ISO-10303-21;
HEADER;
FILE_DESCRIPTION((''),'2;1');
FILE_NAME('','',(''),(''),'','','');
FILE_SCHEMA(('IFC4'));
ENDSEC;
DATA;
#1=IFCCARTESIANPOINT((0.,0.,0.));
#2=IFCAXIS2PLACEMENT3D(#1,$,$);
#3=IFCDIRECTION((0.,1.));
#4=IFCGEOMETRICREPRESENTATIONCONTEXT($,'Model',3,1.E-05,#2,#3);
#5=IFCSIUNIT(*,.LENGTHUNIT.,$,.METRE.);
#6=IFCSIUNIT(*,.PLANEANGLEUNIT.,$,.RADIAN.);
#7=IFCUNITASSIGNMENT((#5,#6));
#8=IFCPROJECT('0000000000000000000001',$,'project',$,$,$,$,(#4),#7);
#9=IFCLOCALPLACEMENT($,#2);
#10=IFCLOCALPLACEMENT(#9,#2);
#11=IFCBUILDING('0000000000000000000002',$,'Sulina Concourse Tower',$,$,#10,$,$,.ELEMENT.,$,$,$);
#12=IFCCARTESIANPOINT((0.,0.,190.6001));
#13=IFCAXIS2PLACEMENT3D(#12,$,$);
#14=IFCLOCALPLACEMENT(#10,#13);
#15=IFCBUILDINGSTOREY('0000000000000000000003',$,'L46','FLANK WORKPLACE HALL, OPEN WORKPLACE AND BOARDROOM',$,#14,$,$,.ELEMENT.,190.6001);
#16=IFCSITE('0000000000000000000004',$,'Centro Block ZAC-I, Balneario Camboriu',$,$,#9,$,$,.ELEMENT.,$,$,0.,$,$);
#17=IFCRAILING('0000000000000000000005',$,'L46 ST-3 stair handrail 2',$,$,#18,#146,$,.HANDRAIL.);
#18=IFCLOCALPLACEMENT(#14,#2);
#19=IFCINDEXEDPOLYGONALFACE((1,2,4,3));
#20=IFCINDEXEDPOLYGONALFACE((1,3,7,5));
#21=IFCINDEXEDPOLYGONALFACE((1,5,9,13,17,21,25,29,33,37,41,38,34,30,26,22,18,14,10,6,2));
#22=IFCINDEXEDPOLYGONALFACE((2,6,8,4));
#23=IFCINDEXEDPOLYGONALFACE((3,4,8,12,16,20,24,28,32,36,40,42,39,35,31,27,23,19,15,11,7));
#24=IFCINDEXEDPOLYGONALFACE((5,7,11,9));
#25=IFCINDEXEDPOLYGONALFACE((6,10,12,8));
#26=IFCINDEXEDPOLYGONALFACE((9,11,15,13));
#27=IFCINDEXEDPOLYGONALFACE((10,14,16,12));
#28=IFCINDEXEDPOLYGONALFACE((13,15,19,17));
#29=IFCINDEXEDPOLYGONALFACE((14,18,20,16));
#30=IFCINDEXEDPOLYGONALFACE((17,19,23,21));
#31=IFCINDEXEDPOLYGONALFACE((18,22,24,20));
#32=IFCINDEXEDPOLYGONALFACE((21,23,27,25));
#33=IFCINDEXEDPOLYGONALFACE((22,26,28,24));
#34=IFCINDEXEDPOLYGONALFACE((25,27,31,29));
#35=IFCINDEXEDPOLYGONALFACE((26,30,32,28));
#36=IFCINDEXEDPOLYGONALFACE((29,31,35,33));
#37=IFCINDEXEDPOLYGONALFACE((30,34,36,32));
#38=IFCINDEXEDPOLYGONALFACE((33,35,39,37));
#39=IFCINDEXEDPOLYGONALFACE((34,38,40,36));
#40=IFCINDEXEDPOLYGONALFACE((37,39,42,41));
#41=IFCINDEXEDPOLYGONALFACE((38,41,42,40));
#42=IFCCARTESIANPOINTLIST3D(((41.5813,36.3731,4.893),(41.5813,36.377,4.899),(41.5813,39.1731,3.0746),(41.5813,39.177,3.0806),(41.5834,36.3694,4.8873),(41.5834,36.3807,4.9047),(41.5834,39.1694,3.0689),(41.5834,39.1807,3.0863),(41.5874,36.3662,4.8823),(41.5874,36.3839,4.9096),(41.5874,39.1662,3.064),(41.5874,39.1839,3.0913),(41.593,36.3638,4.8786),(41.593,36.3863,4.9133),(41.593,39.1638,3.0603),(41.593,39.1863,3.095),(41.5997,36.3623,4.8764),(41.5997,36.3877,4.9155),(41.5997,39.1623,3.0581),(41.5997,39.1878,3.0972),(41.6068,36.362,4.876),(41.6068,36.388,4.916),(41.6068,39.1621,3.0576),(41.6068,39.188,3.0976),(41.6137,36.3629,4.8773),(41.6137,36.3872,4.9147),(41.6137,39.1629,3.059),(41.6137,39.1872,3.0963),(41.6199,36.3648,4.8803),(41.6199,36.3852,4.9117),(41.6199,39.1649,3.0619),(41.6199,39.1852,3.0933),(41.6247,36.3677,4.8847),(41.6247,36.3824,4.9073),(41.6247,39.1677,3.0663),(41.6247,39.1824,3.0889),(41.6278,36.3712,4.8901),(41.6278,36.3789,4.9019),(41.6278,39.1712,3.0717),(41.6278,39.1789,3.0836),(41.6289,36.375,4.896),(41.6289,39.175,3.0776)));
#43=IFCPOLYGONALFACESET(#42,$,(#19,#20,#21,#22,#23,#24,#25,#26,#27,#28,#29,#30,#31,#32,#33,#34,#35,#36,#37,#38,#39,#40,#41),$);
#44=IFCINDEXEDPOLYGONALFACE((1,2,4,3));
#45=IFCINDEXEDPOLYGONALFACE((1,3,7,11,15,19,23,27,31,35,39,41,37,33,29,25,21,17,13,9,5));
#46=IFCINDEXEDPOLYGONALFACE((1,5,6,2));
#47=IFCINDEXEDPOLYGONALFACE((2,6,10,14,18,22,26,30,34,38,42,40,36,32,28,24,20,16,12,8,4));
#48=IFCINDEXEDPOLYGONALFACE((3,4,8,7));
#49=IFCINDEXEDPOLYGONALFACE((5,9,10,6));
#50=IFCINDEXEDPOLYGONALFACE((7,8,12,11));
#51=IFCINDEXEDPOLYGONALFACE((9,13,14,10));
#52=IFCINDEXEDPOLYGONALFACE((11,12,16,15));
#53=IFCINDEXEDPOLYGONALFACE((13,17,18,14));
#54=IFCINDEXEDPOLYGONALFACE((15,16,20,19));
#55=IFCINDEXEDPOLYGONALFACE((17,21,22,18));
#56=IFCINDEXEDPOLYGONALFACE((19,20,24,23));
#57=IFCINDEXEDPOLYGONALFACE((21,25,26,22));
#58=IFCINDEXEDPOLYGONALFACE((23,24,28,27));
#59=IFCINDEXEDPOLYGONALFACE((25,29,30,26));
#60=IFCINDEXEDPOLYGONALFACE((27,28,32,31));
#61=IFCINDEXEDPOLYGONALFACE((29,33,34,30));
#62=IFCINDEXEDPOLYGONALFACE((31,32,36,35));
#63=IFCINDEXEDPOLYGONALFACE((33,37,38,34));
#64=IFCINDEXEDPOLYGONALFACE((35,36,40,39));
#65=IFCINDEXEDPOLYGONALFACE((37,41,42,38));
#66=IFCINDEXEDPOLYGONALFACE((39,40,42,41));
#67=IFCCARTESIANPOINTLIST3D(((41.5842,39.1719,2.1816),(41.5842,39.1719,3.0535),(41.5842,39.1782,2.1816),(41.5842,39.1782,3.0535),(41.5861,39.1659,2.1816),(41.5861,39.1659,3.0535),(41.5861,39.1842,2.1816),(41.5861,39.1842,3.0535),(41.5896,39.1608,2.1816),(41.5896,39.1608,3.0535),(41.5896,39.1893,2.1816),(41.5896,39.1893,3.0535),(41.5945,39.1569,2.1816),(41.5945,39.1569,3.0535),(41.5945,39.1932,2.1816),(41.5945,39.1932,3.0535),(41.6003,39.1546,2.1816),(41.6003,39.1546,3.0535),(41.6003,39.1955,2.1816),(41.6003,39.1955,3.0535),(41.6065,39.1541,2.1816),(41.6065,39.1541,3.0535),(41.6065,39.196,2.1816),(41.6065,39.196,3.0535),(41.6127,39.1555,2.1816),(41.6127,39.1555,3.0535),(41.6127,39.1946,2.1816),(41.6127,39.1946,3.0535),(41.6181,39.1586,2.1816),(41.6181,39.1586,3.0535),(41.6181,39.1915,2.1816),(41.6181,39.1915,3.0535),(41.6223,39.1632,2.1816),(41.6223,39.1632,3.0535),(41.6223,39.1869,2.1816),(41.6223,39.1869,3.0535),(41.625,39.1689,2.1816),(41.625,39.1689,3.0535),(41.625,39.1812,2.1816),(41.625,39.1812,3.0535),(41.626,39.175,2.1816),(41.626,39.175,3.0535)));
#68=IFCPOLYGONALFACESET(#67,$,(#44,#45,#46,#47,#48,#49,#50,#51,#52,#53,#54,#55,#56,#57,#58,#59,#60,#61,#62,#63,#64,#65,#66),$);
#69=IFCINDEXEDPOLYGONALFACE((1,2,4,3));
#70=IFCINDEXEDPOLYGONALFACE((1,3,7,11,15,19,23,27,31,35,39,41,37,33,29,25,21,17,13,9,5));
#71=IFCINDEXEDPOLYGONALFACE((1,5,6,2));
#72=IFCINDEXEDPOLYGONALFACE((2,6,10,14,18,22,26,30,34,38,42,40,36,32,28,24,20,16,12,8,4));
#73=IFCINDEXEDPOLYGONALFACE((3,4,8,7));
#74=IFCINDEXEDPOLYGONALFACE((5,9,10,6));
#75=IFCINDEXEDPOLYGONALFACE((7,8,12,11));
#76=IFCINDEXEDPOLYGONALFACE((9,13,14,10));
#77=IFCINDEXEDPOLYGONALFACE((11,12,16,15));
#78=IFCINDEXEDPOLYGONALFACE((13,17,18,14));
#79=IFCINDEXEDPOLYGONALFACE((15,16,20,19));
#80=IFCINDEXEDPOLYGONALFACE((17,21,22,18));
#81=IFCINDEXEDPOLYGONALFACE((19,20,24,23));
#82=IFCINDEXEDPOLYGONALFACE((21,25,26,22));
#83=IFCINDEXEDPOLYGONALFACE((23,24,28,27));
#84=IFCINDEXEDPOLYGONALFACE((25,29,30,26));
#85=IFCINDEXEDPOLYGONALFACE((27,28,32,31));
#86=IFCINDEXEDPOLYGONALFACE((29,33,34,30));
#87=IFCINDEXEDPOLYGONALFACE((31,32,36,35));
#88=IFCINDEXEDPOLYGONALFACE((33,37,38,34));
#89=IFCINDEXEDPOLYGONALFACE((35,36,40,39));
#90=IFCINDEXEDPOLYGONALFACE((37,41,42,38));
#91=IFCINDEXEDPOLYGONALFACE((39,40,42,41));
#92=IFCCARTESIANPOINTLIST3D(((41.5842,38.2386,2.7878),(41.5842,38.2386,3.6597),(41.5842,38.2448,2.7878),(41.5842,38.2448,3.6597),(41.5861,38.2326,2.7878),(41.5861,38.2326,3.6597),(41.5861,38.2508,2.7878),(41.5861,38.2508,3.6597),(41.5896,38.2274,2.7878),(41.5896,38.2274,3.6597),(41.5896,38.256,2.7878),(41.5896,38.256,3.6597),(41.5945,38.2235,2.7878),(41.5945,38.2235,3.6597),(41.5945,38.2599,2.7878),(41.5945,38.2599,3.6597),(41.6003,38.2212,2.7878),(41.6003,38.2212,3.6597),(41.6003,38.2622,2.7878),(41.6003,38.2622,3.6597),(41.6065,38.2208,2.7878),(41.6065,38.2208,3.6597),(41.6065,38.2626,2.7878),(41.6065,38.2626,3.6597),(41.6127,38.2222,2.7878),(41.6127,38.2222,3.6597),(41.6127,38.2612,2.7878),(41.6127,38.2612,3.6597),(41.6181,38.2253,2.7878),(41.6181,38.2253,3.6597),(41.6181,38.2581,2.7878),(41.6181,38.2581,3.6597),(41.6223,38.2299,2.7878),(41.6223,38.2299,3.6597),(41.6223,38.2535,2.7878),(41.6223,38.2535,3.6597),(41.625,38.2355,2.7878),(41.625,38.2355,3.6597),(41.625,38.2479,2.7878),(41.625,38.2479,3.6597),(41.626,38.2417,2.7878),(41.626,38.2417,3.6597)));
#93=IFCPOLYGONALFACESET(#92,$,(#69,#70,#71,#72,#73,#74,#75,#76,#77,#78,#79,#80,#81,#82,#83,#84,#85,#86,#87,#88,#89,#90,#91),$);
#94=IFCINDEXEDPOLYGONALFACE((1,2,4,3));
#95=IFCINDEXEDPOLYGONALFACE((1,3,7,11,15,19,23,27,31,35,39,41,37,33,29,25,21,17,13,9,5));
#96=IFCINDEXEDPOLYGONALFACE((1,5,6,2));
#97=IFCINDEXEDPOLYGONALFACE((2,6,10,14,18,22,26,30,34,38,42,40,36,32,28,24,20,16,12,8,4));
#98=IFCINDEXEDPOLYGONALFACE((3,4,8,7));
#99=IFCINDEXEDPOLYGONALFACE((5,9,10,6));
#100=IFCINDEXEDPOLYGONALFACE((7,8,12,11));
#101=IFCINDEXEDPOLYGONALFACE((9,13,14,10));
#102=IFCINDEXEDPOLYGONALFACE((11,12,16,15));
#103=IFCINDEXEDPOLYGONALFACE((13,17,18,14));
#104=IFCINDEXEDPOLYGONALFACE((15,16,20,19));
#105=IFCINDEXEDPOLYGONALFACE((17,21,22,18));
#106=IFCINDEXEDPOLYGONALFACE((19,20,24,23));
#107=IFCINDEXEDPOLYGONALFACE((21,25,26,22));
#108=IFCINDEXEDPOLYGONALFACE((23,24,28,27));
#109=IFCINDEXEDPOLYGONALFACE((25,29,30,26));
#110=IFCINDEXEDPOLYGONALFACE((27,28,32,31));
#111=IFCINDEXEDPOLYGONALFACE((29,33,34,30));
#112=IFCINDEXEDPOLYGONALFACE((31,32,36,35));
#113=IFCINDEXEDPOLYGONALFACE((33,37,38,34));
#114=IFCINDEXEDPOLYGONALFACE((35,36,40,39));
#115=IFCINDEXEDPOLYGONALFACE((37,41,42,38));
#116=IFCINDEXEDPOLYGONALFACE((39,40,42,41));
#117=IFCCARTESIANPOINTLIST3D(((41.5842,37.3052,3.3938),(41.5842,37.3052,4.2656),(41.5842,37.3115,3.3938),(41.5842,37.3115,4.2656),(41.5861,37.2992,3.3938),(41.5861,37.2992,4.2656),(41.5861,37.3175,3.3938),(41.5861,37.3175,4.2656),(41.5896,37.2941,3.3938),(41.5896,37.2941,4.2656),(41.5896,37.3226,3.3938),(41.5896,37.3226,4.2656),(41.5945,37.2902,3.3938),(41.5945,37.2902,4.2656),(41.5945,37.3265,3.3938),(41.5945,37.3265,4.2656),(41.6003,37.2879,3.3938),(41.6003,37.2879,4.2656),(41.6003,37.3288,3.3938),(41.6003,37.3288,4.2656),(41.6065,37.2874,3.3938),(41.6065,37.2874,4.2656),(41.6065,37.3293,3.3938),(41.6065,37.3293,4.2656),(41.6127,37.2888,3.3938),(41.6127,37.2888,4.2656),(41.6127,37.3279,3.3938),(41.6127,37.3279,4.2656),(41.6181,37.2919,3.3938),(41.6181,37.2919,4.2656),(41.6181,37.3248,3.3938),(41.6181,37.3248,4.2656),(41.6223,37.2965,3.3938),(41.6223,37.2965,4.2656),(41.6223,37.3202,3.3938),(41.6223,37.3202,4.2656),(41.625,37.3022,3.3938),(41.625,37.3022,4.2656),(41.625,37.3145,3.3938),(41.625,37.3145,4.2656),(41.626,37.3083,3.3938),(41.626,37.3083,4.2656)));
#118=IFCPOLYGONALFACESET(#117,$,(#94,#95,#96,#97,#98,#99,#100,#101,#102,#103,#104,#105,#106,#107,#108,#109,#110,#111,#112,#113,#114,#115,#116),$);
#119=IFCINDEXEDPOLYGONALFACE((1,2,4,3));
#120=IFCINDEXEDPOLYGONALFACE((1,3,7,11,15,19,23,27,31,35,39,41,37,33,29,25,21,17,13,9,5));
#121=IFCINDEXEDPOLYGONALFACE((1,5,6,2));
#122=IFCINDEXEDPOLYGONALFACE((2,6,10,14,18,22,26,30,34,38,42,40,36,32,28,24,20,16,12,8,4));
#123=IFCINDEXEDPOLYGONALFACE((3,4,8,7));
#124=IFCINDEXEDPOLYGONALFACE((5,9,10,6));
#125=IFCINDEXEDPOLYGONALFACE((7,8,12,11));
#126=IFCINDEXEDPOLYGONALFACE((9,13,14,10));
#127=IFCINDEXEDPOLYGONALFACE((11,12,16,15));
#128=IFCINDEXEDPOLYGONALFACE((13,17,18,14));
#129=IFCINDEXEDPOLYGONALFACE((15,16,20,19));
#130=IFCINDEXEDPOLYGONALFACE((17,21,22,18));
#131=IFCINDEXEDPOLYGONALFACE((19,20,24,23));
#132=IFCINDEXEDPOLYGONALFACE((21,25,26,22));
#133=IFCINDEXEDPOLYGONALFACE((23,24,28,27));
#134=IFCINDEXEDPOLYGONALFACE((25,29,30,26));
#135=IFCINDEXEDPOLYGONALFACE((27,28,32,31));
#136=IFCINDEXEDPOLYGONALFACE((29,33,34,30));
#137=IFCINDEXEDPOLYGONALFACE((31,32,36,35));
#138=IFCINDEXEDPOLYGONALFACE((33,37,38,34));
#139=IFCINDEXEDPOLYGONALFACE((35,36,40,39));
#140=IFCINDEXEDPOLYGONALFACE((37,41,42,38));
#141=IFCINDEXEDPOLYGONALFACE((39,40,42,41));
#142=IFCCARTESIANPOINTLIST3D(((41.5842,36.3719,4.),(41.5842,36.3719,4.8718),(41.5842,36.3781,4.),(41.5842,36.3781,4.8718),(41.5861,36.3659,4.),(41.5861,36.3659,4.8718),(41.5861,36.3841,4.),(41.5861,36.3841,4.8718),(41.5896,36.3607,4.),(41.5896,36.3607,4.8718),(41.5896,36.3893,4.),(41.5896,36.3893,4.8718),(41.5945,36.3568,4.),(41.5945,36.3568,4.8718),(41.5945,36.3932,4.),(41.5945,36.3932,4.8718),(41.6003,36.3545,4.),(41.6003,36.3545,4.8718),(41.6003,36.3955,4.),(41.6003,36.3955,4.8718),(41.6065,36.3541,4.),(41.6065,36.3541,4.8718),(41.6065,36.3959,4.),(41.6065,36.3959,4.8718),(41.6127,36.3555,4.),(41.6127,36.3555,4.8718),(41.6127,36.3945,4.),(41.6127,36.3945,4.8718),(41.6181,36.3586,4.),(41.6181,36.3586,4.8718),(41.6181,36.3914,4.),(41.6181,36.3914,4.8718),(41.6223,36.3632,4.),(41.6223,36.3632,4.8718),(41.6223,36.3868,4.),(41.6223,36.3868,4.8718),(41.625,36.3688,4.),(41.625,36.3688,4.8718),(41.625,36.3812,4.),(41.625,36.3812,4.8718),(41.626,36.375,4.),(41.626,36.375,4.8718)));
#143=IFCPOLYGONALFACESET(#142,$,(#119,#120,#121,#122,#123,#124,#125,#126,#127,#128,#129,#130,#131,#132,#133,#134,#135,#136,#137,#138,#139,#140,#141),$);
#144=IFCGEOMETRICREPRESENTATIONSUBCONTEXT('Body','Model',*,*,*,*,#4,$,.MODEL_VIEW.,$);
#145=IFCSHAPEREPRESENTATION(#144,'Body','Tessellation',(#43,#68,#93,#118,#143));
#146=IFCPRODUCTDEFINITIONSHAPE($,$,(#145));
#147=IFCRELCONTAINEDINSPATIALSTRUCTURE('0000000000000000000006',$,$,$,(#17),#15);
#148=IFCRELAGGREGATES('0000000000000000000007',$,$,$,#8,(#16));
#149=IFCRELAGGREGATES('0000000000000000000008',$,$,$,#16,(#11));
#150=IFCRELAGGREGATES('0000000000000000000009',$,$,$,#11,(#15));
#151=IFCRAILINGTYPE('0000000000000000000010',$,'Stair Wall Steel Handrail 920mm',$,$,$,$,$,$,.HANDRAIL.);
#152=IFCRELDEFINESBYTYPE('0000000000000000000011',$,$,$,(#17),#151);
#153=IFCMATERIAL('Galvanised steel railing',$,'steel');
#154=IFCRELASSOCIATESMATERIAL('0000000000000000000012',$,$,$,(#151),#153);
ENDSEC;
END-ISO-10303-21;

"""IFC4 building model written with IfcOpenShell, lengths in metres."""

from ifc_helpers import new_model, si_unit, direction, frame, origin, origin_2d, place, context, subcontext, project, spatial, circle, extrude, material, type_object, element, save


model = new_model("IFC4")

# Units and contexts
model_context = context("Model", 3, precision=1e-05, world=origin(), true_north=direction((0.0, 1.0)))
body_context = subcontext(model_context, "Body", "Model", "MODEL_VIEW")
ifc_project = project(units=[si_unit("LENGTHUNIT", "METRE"), si_unit("PLANEANGLEUNIT", "RADIAN")], contexts=[model_context])

# Site, building, storey
site_placement = place(None, origin())
site = spatial("IfcSite", under=ifc_project, at=site_placement, Name="Centro Block ZAC-I, Balneario Camboriu", CompositionType="ELEMENT", RefElevation=0.0)
building_placement = place(site_placement, origin())
building = spatial("IfcBuilding", under=site, at=building_placement, Name="Sulina Concourse Tower", CompositionType="ELEMENT")
storey_placement = place(building_placement, frame((0.0, 0.0, 190.6001)))
storey = spatial("IfcBuildingStorey", under=building, at=storey_placement, Name="L46", Description="FLANK WORKPLACE HALL, OPEN WORKPLACE AND BOARDROOM", CompositionType="ELEMENT", Elevation=190.6001)

# Railing
ifc_material_1 = material(Name="Galvanised steel railing", Category="steel")
railing_type_1 = type_object("IfcRailingType", Name="Stair Wall Steel Handrail 920mm", PredefinedType="HANDRAIL", material=ifc_material_1)
railing_1_placement = place(storey_placement, frame((41.605, 39.175, 2.1816)))
element("IfcRailing", 1, at=railing_1_placement, inside=storey, type_object=railing_type_1, Name="L46 ST-3 stair handrail 2", PredefinedType="HANDRAIL", context=body_context, shape_type="SweptSolid", body=[
    extrude(circle(Radius=0.0239, at=origin_2d()), frame((0.0, 0.0, 0.896), z_axis=(0.0, -0.838672, 0.544636), x_axis=(1.0, 0.0, 0.0)), (0.0, 0.0, 1.0), 3.3386),
    extrude(circle(Radius=0.021, at=origin_2d()), origin(), (0.0, 0.0, 1.0), 0.8718),
    extrude(circle(Radius=0.021, at=origin_2d()), frame((0.0, -0.9333, 0.6062)), (0.0, 0.0, 1.0), 0.8718),
    extrude(circle(Radius=0.021, at=origin_2d()), frame((0.0, -1.8667, 1.2122)), (0.0, 0.0, 1.0), 0.8718),
    extrude(circle(Radius=0.021, at=origin_2d()), frame((0.0, -2.8, 1.8184)), (0.0, 0.0, 1.0), 0.8718),
])

save(model, "model.ifc")
